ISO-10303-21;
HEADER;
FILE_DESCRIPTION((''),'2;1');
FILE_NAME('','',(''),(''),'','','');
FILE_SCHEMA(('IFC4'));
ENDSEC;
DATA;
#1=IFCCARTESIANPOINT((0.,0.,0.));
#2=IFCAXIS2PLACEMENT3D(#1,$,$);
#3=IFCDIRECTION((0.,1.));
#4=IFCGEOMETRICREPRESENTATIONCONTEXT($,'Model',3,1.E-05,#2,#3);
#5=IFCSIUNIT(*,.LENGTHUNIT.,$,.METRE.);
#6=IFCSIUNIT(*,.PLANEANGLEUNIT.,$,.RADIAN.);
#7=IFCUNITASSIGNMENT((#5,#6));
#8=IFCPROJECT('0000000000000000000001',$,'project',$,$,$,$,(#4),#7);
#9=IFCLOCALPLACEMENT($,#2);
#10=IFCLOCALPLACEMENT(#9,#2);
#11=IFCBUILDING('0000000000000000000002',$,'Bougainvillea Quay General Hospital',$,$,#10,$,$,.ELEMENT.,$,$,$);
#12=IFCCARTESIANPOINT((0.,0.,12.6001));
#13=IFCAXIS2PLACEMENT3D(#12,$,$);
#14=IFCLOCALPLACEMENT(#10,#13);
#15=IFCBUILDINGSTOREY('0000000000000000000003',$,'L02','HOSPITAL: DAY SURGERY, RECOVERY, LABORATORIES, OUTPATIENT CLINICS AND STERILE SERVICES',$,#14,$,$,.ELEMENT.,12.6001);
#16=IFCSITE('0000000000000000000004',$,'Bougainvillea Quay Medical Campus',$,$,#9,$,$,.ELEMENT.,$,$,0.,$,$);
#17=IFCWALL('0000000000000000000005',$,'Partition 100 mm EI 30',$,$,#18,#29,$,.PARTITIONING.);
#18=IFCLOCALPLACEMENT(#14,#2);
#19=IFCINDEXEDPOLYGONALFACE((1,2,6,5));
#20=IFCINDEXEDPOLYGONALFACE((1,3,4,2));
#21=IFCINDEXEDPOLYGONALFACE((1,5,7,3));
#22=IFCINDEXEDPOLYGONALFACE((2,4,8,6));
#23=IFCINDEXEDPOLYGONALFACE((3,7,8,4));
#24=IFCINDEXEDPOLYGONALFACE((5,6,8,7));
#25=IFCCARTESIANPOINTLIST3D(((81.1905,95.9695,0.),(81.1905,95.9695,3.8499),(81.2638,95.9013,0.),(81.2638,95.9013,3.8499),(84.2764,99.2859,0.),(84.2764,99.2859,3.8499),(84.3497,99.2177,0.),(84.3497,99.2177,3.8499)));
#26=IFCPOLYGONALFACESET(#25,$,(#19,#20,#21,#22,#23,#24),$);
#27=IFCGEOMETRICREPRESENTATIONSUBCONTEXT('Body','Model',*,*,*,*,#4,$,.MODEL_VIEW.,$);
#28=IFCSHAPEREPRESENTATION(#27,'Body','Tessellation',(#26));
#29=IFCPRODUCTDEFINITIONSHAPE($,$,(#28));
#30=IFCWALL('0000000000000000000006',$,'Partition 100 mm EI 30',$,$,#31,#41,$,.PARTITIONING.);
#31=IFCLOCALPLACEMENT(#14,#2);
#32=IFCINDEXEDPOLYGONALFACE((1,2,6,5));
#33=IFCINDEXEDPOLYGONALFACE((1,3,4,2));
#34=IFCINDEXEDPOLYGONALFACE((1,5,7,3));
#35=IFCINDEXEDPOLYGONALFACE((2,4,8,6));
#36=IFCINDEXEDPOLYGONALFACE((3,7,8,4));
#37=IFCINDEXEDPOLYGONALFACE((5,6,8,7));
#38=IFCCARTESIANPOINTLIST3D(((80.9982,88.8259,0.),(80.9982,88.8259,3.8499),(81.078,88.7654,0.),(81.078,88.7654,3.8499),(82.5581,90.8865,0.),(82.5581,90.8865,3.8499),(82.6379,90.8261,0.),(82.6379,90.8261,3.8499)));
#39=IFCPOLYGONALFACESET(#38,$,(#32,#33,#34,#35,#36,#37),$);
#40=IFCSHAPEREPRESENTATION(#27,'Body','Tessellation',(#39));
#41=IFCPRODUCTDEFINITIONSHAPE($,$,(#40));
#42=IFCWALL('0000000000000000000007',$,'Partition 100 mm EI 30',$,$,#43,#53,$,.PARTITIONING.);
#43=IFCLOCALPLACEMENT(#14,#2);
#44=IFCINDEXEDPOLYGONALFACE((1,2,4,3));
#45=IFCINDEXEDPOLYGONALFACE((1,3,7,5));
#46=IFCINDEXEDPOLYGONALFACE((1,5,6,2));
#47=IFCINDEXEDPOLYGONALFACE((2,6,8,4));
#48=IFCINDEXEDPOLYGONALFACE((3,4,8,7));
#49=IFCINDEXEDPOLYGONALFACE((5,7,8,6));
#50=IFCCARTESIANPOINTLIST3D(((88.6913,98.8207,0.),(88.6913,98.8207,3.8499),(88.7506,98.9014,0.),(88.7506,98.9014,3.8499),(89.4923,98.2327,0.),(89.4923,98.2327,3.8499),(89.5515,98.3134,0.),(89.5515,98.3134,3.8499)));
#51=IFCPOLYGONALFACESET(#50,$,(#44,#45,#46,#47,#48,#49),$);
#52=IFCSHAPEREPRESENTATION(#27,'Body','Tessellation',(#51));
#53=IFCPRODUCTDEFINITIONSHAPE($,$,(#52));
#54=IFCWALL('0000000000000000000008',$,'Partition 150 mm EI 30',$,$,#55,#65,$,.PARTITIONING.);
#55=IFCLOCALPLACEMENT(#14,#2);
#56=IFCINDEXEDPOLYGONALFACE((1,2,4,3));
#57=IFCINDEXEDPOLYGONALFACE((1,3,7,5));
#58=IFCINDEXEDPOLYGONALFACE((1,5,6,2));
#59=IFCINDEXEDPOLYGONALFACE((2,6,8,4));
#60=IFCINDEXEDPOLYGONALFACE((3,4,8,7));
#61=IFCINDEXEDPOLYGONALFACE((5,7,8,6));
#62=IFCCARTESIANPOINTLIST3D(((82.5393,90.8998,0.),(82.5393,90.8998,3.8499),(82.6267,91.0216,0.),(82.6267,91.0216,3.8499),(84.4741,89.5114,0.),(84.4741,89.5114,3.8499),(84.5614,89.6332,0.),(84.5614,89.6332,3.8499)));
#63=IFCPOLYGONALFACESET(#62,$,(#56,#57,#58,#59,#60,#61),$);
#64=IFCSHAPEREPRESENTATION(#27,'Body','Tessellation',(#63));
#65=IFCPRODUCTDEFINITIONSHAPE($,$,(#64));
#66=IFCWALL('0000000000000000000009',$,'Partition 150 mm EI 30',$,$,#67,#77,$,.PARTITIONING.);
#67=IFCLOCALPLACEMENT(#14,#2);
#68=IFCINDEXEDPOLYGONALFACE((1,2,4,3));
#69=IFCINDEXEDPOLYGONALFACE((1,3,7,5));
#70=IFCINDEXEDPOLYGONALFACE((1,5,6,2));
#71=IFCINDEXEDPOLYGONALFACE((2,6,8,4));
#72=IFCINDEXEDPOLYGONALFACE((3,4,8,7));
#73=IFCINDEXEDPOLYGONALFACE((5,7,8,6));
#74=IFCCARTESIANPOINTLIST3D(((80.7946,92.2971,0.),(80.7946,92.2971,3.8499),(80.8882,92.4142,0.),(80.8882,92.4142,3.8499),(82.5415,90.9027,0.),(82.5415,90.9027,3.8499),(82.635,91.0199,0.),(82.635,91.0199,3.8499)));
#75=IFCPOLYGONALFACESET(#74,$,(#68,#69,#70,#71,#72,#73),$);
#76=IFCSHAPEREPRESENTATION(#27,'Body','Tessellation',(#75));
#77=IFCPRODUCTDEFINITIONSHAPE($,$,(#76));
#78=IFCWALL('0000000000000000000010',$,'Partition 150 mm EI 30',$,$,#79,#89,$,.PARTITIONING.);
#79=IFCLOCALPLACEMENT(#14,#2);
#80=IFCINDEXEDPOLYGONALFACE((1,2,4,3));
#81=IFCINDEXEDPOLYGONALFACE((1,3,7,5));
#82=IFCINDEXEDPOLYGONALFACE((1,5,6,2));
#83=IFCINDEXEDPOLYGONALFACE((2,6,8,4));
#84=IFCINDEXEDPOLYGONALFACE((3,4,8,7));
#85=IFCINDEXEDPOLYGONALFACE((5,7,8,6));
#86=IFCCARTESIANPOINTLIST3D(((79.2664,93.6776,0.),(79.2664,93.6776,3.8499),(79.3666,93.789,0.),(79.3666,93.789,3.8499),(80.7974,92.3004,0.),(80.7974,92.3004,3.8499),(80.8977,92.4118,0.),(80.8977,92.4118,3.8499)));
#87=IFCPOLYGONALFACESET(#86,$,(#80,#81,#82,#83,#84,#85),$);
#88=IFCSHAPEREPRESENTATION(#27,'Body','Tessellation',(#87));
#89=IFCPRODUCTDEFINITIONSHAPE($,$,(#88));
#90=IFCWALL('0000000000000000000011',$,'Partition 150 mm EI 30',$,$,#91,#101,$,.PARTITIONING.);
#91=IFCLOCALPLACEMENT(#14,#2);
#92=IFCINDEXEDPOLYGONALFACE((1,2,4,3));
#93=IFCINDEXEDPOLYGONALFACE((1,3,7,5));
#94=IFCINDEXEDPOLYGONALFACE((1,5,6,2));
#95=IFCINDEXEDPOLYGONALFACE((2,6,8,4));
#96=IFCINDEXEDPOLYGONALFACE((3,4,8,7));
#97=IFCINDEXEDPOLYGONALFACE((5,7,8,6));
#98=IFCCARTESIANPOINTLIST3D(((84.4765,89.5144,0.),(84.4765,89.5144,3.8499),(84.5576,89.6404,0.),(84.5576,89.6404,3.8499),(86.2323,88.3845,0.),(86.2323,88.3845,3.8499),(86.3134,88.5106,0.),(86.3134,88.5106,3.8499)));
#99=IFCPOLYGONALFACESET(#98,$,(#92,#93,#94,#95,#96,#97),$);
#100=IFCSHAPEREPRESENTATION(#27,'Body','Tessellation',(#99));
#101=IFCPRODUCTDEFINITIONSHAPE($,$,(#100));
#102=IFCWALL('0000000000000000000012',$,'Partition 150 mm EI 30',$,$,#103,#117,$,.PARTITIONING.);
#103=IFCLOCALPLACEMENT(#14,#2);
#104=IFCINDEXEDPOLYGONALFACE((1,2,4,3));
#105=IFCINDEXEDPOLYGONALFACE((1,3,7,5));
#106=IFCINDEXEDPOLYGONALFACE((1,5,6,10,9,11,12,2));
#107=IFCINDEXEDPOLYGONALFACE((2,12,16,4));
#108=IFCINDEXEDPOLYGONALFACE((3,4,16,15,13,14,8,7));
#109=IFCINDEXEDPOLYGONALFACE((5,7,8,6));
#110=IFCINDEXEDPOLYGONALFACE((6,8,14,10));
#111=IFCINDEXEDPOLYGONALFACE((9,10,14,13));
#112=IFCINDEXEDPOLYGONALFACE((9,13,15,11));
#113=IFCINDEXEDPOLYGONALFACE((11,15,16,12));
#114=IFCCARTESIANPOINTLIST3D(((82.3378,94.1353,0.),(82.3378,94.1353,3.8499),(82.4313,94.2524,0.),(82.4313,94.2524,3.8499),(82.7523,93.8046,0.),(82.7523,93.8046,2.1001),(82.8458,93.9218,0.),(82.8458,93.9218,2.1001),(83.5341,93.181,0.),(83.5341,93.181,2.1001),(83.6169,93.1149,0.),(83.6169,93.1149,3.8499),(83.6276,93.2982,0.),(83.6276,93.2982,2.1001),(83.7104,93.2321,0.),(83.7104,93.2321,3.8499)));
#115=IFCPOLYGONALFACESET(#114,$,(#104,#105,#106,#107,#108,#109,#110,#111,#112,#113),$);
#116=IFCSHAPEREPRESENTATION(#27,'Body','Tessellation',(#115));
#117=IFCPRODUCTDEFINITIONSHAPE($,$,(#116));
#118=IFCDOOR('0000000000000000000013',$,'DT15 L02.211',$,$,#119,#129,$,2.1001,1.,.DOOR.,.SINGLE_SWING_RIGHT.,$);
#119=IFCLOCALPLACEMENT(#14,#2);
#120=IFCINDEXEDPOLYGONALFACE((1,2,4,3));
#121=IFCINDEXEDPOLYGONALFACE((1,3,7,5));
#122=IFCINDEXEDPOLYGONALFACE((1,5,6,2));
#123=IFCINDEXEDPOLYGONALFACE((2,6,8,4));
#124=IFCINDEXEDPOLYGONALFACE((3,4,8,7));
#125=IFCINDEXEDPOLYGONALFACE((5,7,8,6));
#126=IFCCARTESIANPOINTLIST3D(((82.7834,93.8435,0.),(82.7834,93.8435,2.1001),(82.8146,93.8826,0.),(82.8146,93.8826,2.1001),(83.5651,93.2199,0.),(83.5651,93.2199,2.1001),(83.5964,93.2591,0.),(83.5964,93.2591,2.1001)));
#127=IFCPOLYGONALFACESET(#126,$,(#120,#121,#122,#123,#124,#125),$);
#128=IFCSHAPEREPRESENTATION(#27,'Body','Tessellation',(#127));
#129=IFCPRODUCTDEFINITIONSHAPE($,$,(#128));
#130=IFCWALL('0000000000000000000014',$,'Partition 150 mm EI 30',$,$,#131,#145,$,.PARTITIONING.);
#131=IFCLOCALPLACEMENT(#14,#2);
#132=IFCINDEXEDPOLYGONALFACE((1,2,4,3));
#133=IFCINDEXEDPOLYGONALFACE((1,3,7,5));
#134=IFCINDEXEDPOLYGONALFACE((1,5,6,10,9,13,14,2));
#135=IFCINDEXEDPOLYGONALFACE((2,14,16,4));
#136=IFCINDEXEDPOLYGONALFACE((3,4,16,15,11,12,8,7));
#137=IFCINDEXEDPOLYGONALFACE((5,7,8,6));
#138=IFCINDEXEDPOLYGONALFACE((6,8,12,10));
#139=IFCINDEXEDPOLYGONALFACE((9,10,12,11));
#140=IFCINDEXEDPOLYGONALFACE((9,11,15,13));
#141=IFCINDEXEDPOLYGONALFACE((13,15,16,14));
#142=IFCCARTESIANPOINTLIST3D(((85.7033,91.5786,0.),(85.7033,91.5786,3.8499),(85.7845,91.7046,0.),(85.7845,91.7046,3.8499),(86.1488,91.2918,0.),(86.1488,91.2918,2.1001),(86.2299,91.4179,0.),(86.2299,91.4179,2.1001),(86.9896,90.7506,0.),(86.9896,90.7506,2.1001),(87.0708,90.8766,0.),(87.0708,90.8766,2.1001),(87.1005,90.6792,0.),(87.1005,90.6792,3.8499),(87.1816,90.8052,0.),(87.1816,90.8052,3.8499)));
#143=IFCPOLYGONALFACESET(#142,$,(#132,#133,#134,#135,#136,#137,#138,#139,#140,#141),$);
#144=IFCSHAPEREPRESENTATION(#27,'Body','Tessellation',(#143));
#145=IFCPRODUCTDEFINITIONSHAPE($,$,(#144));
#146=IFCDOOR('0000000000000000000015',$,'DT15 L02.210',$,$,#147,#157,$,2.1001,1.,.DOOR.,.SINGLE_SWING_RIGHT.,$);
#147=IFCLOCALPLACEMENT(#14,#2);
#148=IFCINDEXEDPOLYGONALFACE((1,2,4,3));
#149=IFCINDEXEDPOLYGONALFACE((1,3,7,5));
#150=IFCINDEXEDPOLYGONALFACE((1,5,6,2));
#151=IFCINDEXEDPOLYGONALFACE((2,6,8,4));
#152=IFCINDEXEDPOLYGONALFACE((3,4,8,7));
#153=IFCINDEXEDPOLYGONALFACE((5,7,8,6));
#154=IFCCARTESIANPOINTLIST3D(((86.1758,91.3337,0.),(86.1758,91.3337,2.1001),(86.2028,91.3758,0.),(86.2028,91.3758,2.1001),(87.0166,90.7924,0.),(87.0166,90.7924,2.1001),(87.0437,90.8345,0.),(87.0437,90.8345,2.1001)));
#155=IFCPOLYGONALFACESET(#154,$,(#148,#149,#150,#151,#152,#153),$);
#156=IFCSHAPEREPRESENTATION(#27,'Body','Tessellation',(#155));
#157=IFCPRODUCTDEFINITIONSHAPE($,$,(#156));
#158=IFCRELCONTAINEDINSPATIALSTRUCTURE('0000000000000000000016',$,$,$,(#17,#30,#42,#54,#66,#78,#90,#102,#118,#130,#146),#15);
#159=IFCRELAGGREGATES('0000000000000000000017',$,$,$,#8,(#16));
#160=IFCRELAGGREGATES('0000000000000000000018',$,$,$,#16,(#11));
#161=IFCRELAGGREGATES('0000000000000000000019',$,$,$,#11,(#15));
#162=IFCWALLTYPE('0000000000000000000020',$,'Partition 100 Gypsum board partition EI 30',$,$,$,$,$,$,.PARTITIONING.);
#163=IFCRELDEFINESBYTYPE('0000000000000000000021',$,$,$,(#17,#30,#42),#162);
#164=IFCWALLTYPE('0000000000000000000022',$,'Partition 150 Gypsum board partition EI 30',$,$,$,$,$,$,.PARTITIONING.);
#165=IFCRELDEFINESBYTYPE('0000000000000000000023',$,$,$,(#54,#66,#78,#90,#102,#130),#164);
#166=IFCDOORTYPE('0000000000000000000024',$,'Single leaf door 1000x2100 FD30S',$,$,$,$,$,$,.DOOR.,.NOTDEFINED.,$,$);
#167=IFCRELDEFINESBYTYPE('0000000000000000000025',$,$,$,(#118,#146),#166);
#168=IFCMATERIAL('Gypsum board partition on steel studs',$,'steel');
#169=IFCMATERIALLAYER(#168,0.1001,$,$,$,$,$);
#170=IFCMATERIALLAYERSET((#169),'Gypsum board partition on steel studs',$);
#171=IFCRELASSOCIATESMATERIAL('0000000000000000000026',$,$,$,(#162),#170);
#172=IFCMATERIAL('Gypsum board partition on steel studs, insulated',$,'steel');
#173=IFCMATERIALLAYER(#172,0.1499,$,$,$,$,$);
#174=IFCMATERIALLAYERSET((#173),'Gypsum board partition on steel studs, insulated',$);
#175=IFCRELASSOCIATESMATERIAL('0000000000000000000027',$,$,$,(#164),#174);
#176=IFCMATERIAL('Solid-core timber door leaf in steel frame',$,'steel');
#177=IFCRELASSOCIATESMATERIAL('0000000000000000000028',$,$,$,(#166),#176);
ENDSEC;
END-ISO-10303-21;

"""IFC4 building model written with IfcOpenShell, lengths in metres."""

from ifc_helpers import new_model, si_unit, direction, frame, frame_2d, origin, place, context, subcontext, project, spatial, rectangle, extrude, material, layer, layer_set, type_object, element, fill, save


model = new_model("IFC4")

# Units and contexts
model_context = context("Model", 3, precision=1e-05, world=origin(), true_north=direction((0.0, 1.0)))
body_context = subcontext(model_context, "Body", "Model", "MODEL_VIEW")
ifc_project = project(units=[si_unit("LENGTHUNIT", "METRE"), si_unit("PLANEANGLEUNIT", "RADIAN")], contexts=[model_context])

# Site, building, storey
site_placement = place(None, origin())
site = spatial("IfcSite", under=ifc_project, at=site_placement, Name="Bougainvillea Quay Medical Campus", CompositionType="ELEMENT", RefElevation=0.0)
building_placement = place(site_placement, origin())
building = spatial("IfcBuilding", under=site, at=building_placement, Name="Bougainvillea Quay General Hospital", CompositionType="ELEMENT")
storey_placement = place(building_placement, frame((0.0, 0.0, 12.6001)))
storey = spatial("IfcBuildingStorey", under=building, at=storey_placement, Name="L02", Description="HOSPITAL: DAY SURGERY, RECOVERY, LABORATORIES, OUTPATIENT CLINICS AND STERILE SERVICES", CompositionType="ELEMENT", Elevation=12.6001)

# Walls
ifc_material_1 = material(Name="Gypsum board partition on steel studs", Category="steel")
ifc_layer_1 = layer(ifc_material_1, 0.1001)
ifc_layer_set_1 = layer_set([ifc_layer_1], Name="Gypsum board partition on steel studs")
wall_type_1 = type_object("IfcWallType", Name="Partition 100 Gypsum board partition EI 30", PredefinedType="PARTITIONING", material=ifc_layer_set_1)
wall_1_placement = place(storey_placement, frame((81.2271, 95.9353, 0.0), z_axis=(0.0, 0.0, 1.0), x_axis=(0.681211, 0.732087, 0.0)))
element("IfcWall", 1, at=wall_1_placement, inside=storey, type_object=wall_type_1, Name="Partition 100 mm EI 30", PredefinedType="PARTITIONING", context=body_context, shape_type="SweptSolid", body=[
    extrude(rectangle(XDim=4.53, YDim=0.1001, at=frame_2d((2.2651, 0.0))), origin(), (0.0, 0.0, 1.0), 3.8499),
])
wall_2_placement = place(storey_placement, frame((81.0381, 88.7957, 0.0), z_axis=(0.0, 0.0, 1.0), x_axis=(0.603561, 0.797317, 0.0)))
element("IfcWall", 2, at=wall_2_placement, inside=storey, type_object=wall_type_1, Name="Partition 100 mm EI 30", PredefinedType="PARTITIONING", context=body_context, shape_type="SweptSolid", body=[
    extrude(rectangle(XDim=2.5845, YDim=0.1001, at=frame_2d((1.2922, 0.0))), origin(), (0.0, 0.0, 1.0), 3.8499),
])
wall_3_placement = place(storey_placement, frame((88.7209, 98.8611, 0.0), z_axis=(0.0, 0.0, 1.0), x_axis=(0.806061, -0.591832, 0.0)))
element("IfcWall", 3, at=wall_3_placement, inside=storey, type_object=wall_type_1, Name="Partition 100 mm EI 30", PredefinedType="PARTITIONING", context=body_context, shape_type="SweptSolid", body=[
    extrude(rectangle(XDim=0.9937, YDim=0.1001, at=frame_2d((0.4968, 0.0))), origin(), (0.0, 0.0, 1.0), 3.8499),
])
ifc_material_2 = material(Name="Gypsum board partition on steel studs, insulated", Category="steel")
ifc_layer_2 = layer(ifc_material_2, 0.1499)
ifc_layer_set_2 = layer_set([ifc_layer_2], Name="Gypsum board partition on steel studs, insulated")
wall_type_2 = type_object("IfcWallType", Name="Partition 150 Gypsum board partition EI 30", PredefinedType="PARTITIONING", material=ifc_layer_set_2)
wall_4_placement = place(storey_placement, frame((82.583, 90.9607, 0.0), z_axis=(0.0, 0.0, 1.0), x_axis=(0.812457, -0.583021, 0.0)))
element("IfcWall", 4, at=wall_4_placement, inside=storey, type_object=wall_type_2, Name="Partition 150 mm EI 30", PredefinedType="PARTITIONING", context=body_context, shape_type="SweptSolid", body=[
    extrude(rectangle(XDim=2.3813, YDim=0.1499, at=frame_2d((1.1907, 0.0))), origin(), (0.0, 0.0, 1.0), 3.8499),
])
wall_5_placement = place(storey_placement, frame((80.8413, 92.3557, 0.0), z_axis=(0.0, 0.0, 1.0), x_axis=(0.781561, -0.623829, 0.0)))
element("IfcWall", 5, at=wall_5_placement, inside=storey, type_object=wall_type_2, Name="Partition 150 mm EI 30", PredefinedType="PARTITIONING", context=body_context, shape_type="SweptSolid", body=[
    extrude(rectangle(XDim=2.2351, YDim=0.1499, at=frame_2d((1.1177, 0.0))), origin(), (0.0, 0.0, 1.0), 3.8499),
])
wall_6_placement = place(storey_placement, frame((79.3164, 93.7334, 0.0), z_axis=(0.0, 0.0, 1.0), x_axis=(0.743465, -0.668775, 0.0)))
element("IfcWall", 6, at=wall_6_placement, inside=storey, type_object=wall_type_2, Name="Partition 150 mm EI 30", PredefinedType="PARTITIONING", context=body_context, shape_type="SweptSolid", body=[
    extrude(rectangle(XDim=2.0593, YDim=0.1499, at=frame_2d((1.0298, 0.0))), origin(), (0.0, 0.0, 1.0), 3.8499),
])
wall_7_placement = place(storey_placement, frame((84.5171, 89.5774, 0.0), z_axis=(0.0, 0.0, 1.0), x_axis=(0.840935, -0.541136, 0.0)))
element("IfcWall", 7, at=wall_7_placement, inside=storey, type_object=wall_type_2, Name="Partition 150 mm EI 30", PredefinedType="PARTITIONING", context=body_context, shape_type="SweptSolid", body=[
    extrude(rectangle(XDim=2.0879, YDim=0.1499, at=frame_2d((1.0439, 0.0))), origin(), (0.0, 0.0, 1.0), 3.8499),
])

# Walls, openings, doors
wall_8_placement = place(storey_placement, frame((82.3845, 94.1938, 0.0), z_axis=(0.0, 0.0, 1.0), x_axis=(0.781756, -0.623584, 0.0)))
wall_8 = element("IfcWall", 8, at=wall_8_placement, inside=storey, type_object=wall_type_2, Name="Partition 150 mm EI 30", PredefinedType="PARTITIONING", context=body_context, shape_type="SweptSolid", body=[
    extrude(rectangle(XDim=1.6362, YDim=0.1499, at=frame_2d((0.8181, 0.0))), origin(), (0.0, 0.0, 1.0), 3.8499),
])
opening_1_placement = place(wall_8_placement, frame((0.5303, 0.0, 0.0)))
opening_1 = element("IfcOpeningElement", 9, at=opening_1_placement, cuts=wall_8, PredefinedType="OPENING", context=body_context, shape_type="SweptSolid", body=[
    extrude(rectangle(XDim=1.0, YDim=2.1001, at=frame_2d((0.5, 1.05))), frame((0.0, 0.085, 0.0), z_axis=(0.0, -1.0, 0.0), x_axis=(1.0, 0.0, 0.0)), (0.0, 0.0, 1.0), 0.1699),
])
ifc_material_3 = material(Name="Solid-core timber door leaf in steel frame", Category="steel")
door_type = type_object("IfcDoorType", Name="Single leaf door 1000x2100 FD30S", OperationType="NOTDEFINED", PredefinedType="DOOR", material=ifc_material_3)
door_1_placement = place(opening_1_placement, origin())
door_1 = element("IfcDoor", 10, at=door_1_placement, inside=storey, type_object=door_type, Name="DT15 L02.211", OperationType="SINGLE_SWING_RIGHT", OverallHeight=2.1001, OverallWidth=1.0, PredefinedType="DOOR", context=body_context, shape_type="SweptSolid", body=[
    extrude(rectangle(XDim=1.0, YDim=2.1001, at=frame_2d((0.5, 1.05))), frame((0.0, 0.0249, 0.0), z_axis=(0.0, -1.0, 0.0), x_axis=(1.0, 0.0, 0.0)), (0.0, 0.0, 1.0), 0.05),
])
fill(opening_1, door_1)
wall_9_placement = place(storey_placement, frame((85.7439, 91.6416, 0.0), z_axis=(0.0, 0.0, 1.0), x_axis=(0.840849, -0.54127, 0.0)))
wall_9 = element("IfcWall", 11, at=wall_9_placement, inside=storey, type_object=wall_type_2, Name="Partition 150 mm EI 30", PredefinedType="PARTITIONING", context=body_context, shape_type="SweptSolid", body=[
    extrude(rectangle(XDim=1.6616, YDim=0.1499, at=frame_2d((0.8308, 0.0))), origin(), (0.0, 0.0, 1.0), 3.8499),
])
opening_2_placement = place(wall_9_placement, frame((0.5298, 0.0, 0.0)))
opening_2 = element("IfcOpeningElement", 12, at=opening_2_placement, cuts=wall_9, PredefinedType="OPENING", context=body_context, shape_type="SweptSolid", body=[
    extrude(rectangle(XDim=1.0, YDim=2.1001, at=frame_2d((0.5, 1.05))), frame((0.0, 0.085, 0.0), z_axis=(0.0, -1.0, 0.0), x_axis=(1.0, 0.0, 0.0)), (0.0, 0.0, 1.0), 0.1699),
])
door_2_placement = place(opening_2_placement, origin())
door_2 = element("IfcDoor", 13, at=door_2_placement, inside=storey, type_object=door_type, Name="DT15 L02.210", OperationType="SINGLE_SWING_RIGHT", OverallHeight=2.1001, OverallWidth=1.0, PredefinedType="DOOR", context=body_context, shape_type="SweptSolid", body=[
    extrude(rectangle(XDim=1.0, YDim=2.1001, at=frame_2d((0.5, 1.05))), frame((0.0, 0.0249, 0.0), z_axis=(0.0, -1.0, 0.0), x_axis=(1.0, 0.0, 0.0)), (0.0, 0.0, 1.0), 0.05),
])
fill(opening_2, door_2)

save(model, "model.ifc")
